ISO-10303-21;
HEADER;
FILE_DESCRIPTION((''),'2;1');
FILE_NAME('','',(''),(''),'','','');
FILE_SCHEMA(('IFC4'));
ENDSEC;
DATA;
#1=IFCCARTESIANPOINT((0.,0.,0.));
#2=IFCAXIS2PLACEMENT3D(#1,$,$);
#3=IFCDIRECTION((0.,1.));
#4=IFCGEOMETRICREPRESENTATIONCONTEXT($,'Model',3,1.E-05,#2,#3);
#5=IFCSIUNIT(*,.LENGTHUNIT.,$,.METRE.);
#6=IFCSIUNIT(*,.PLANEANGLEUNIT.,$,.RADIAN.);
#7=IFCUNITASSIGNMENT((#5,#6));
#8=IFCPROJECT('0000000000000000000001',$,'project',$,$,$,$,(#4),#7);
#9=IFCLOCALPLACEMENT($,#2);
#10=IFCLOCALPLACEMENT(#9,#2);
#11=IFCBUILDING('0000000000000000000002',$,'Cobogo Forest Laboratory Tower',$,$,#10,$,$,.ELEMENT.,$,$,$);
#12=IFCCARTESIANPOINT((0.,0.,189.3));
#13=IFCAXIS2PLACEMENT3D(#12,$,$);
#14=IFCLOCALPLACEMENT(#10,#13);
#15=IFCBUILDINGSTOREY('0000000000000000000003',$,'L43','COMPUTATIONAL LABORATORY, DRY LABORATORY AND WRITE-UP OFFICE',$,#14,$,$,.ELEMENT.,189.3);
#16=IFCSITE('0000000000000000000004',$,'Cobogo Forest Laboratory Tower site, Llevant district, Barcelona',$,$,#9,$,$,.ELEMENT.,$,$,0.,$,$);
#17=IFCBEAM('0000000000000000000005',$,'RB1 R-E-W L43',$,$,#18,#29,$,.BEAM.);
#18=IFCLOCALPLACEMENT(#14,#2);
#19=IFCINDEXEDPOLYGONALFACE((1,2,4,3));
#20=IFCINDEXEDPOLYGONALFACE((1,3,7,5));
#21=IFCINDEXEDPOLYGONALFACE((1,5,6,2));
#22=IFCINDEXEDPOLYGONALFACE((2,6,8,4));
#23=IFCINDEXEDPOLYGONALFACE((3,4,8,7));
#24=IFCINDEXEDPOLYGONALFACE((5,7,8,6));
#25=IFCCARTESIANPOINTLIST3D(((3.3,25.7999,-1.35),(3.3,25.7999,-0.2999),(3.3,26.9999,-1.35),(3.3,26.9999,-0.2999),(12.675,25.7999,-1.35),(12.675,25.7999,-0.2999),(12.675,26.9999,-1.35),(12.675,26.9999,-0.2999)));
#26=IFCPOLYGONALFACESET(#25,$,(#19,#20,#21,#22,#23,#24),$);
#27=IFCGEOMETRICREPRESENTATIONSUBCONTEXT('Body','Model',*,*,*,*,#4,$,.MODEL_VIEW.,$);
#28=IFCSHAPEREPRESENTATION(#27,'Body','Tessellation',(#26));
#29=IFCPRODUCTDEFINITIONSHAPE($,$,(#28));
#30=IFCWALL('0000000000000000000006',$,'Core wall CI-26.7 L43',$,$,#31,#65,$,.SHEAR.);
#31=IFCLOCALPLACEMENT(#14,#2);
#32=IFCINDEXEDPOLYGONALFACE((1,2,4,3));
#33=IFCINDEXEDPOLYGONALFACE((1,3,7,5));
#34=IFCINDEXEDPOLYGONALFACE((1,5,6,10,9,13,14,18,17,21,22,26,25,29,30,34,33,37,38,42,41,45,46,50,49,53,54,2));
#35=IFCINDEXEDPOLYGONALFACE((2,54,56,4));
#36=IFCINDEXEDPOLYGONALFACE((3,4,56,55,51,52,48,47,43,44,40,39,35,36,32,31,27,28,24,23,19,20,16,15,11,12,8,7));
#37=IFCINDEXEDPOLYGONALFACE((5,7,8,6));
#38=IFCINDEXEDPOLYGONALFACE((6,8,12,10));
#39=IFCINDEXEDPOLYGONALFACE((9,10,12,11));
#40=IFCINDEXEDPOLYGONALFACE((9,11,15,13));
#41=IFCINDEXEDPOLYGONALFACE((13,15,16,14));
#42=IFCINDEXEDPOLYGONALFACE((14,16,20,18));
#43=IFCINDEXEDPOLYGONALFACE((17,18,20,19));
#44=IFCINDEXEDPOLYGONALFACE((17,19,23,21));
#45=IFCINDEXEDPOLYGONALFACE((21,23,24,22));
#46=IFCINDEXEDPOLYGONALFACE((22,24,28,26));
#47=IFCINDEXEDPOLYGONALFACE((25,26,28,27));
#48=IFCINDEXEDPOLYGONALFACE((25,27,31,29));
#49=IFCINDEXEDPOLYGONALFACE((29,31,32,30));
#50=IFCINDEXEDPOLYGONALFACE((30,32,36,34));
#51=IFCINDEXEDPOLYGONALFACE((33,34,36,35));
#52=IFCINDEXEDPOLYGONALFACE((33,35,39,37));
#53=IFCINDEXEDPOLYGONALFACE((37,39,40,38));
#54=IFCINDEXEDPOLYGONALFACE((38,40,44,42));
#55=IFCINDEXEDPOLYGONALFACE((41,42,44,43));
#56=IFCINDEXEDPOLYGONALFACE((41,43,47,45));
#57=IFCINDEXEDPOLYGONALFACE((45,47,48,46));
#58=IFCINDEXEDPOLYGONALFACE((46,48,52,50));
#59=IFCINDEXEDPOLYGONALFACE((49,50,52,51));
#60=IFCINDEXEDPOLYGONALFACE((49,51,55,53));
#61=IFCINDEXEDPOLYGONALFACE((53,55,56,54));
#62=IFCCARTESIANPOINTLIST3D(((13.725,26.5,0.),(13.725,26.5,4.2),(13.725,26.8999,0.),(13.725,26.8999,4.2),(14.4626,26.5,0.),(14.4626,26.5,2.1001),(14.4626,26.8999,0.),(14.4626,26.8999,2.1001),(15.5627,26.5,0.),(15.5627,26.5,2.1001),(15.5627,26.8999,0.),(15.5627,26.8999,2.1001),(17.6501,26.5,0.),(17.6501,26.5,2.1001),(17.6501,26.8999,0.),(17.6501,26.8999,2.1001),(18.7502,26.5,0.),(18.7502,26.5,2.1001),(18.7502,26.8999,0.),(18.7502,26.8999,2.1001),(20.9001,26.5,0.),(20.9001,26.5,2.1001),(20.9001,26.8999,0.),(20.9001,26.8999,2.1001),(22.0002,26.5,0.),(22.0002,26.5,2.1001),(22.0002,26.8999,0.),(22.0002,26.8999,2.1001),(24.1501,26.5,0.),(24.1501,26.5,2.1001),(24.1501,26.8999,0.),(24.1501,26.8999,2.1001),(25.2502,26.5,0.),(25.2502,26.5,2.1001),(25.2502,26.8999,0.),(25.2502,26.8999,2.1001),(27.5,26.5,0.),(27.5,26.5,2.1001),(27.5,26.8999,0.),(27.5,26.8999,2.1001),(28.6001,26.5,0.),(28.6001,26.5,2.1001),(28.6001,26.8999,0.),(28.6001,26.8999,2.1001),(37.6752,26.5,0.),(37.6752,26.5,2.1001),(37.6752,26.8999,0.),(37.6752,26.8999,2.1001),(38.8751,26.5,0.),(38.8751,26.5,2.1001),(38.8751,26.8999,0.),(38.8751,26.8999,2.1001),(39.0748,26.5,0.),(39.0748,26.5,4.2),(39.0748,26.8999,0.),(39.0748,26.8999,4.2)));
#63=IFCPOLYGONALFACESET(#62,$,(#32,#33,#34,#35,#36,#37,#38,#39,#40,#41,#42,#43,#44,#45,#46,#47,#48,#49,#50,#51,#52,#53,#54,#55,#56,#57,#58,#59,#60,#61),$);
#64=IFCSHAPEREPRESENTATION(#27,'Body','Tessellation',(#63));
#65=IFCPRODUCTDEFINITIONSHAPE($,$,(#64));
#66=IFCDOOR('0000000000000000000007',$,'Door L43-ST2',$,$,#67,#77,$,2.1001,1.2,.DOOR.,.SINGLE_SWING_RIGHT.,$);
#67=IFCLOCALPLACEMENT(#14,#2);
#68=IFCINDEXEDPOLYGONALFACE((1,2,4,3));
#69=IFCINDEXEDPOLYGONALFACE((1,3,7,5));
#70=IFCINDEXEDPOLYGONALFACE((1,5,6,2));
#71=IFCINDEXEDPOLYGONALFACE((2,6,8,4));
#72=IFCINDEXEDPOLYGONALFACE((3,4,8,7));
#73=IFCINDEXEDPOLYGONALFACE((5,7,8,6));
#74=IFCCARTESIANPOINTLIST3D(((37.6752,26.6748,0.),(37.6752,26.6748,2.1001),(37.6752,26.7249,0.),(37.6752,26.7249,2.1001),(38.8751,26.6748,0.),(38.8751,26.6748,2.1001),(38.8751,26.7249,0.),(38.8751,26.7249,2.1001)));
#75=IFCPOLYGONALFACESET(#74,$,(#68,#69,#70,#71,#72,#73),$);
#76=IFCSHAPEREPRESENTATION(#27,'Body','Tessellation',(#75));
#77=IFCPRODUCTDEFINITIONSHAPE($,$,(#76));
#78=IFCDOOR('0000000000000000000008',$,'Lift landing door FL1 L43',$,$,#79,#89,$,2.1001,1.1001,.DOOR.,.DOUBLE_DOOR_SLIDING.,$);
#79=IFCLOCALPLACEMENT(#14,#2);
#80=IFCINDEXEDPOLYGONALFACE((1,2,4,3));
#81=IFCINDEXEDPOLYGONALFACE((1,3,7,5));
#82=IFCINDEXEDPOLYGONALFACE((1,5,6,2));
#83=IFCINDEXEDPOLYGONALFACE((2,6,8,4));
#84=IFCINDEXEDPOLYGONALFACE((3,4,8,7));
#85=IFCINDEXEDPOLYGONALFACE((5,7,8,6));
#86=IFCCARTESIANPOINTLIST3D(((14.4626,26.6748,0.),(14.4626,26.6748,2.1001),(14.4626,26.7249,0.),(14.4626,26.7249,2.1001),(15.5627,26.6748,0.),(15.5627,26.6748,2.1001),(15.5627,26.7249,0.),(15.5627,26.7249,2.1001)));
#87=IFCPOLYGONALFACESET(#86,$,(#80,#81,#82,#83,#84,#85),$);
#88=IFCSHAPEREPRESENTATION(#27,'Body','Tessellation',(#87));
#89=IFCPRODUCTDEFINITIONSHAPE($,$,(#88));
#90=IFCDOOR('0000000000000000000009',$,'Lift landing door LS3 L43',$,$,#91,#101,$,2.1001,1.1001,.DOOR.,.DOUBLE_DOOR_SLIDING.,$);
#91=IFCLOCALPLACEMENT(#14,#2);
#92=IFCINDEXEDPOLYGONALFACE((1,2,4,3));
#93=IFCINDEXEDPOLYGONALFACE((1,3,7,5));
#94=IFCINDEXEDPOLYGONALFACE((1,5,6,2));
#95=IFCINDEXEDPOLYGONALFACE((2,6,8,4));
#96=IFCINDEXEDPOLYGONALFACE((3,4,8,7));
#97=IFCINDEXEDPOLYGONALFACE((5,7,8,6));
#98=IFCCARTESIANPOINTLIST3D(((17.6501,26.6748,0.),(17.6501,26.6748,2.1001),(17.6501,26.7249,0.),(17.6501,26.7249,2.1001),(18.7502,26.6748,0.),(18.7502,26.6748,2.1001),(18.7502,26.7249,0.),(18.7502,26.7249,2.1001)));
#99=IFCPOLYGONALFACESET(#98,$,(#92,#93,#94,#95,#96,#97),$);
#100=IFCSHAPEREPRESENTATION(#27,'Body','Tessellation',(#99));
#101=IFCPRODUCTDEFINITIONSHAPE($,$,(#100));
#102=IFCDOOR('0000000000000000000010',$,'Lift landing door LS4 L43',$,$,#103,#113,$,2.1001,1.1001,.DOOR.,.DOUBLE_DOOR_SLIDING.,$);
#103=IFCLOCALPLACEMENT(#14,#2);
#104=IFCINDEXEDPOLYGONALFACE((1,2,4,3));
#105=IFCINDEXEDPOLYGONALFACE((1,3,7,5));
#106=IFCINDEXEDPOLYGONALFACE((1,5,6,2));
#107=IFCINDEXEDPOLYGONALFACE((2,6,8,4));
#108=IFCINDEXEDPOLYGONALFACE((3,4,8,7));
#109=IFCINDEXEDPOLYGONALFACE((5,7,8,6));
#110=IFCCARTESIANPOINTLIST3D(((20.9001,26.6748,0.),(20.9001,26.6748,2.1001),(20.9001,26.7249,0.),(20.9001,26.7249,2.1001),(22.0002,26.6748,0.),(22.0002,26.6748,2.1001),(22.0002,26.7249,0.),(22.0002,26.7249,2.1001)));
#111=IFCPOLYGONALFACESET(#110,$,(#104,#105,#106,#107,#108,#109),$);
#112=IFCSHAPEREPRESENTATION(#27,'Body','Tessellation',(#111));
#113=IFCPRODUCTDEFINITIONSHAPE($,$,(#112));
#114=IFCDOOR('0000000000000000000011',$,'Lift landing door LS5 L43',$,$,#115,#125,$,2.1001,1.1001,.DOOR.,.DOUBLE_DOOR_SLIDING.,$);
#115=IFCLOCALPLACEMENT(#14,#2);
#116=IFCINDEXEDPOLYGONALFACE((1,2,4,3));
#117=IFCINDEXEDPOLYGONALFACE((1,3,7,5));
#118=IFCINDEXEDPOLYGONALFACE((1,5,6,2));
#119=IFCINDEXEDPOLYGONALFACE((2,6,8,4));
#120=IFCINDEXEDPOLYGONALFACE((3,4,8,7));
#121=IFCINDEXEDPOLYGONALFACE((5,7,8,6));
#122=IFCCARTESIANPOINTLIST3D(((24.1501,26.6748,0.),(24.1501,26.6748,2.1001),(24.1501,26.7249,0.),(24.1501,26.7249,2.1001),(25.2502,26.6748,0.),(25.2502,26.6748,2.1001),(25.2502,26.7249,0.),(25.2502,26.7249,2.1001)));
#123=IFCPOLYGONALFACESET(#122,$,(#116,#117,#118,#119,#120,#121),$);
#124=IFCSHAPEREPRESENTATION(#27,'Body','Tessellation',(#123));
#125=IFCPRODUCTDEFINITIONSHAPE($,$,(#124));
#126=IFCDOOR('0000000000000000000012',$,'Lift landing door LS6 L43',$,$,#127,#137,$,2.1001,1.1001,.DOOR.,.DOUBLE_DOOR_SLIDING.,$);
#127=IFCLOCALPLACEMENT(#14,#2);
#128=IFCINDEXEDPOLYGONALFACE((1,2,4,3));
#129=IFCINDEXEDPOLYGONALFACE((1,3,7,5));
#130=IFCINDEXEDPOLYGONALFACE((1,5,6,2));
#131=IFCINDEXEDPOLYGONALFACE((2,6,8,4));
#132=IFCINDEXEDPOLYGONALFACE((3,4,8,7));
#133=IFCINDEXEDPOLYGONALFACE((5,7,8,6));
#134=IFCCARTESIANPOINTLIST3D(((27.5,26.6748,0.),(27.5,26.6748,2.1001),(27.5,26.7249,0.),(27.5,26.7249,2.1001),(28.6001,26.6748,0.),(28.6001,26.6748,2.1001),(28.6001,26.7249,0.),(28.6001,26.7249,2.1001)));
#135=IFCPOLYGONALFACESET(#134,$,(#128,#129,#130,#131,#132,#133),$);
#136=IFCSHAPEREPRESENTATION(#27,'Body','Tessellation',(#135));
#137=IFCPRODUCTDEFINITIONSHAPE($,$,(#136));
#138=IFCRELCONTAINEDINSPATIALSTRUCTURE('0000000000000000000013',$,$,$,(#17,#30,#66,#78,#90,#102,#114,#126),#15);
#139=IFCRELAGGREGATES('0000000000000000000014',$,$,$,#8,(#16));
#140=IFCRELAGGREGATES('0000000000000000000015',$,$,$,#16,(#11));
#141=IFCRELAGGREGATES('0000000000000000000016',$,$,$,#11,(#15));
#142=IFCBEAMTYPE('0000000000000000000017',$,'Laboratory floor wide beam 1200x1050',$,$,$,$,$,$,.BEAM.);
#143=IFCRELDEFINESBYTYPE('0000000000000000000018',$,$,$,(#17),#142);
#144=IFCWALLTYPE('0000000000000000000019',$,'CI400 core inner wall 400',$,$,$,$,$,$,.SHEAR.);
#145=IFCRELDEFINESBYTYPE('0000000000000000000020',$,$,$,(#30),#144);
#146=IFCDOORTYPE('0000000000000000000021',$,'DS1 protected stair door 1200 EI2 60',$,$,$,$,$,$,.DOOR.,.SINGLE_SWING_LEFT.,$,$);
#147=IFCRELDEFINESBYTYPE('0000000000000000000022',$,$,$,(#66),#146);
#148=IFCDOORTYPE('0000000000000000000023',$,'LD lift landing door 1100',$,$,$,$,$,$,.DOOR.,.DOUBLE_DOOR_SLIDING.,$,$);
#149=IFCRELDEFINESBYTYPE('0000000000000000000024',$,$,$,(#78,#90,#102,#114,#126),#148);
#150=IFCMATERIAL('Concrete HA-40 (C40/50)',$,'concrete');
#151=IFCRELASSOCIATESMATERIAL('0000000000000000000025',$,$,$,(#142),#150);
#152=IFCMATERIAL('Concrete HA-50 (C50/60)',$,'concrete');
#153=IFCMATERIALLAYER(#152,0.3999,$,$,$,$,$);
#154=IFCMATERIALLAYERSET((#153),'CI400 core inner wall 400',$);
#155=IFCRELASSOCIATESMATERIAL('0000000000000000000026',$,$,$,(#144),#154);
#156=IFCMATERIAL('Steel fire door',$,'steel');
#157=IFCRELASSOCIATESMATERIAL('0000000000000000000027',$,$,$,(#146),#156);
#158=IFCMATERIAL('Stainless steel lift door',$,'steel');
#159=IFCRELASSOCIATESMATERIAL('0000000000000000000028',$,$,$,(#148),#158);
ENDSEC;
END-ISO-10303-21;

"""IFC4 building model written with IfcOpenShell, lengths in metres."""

from ifc_helpers import new_model, si_unit, direction, frame, frame_2d, origin, origin_2d, place, context, subcontext, project, spatial, rectangle, extrude, material, layer, layer_set, material_profile, profile_set, type_object, element, fill, save


model = new_model("IFC4")

# Units and contexts
model_context = context("Model", 3, precision=1e-05, world=origin(), true_north=direction((0.0, 1.0)))
body_context = subcontext(model_context, "Body", "Model", "MODEL_VIEW")
ifc_project = project(units=[si_unit("LENGTHUNIT", "METRE"), si_unit("PLANEANGLEUNIT", "RADIAN")], contexts=[model_context])

# Site, building, storey
site_placement = place(None, origin())
site = spatial("IfcSite", under=ifc_project, at=site_placement, Name="Cobogo Forest Laboratory Tower site, Llevant district, Barcelona", CompositionType="ELEMENT", RefElevation=0.0)
building_placement = place(site_placement, origin())
building = spatial("IfcBuilding", under=site, at=building_placement, Name="Cobogo Forest Laboratory Tower", CompositionType="ELEMENT")
storey_placement = place(building_placement, frame((0.0, 0.0, 189.3)))
storey = spatial("IfcBuildingStorey", under=building, at=storey_placement, Name="L43", Description="COMPUTATIONAL LABORATORY, DRY LABORATORY AND WRITE-UP OFFICE", CompositionType="ELEMENT", Elevation=189.3)

# Beam
ifc_material_1 = material(Name="Concrete HA-40 (C40/50)", Category="concrete")
ifc_material_profile = material_profile(ifc_material_1, rectangle(XDim=1.2, YDim=1.05, at=origin_2d()), Name="RC 1200x1050")
ifc_profile_set = profile_set([ifc_material_profile], Name="Concrete HA-40 (C40/50)")
beam_type = type_object("IfcBeamType", Name="Laboratory floor wide beam 1200x1050", PredefinedType="BEAM", material=ifc_profile_set)
beam_placement = place(storey_placement, frame((12.675, 26.3999, -0.825), z_axis=(-1.0, 0.0, 0.0), x_axis=(0.0, -1.0, 0.0)))
element("IfcBeam", 1, at=beam_placement, inside=storey, type_object=beam_type, Name="RB1 R-E-W L43", PredefinedType="BEAM", context=body_context, shape_type="SweptSolid", body=[
    extrude(rectangle(XDim=1.2, YDim=1.05, at=origin_2d()), origin(), (0.0, 0.0, 1.0), 9.375),
])

# Wall, openings, doors
ifc_material_2 = material(Name="Concrete HA-50 (C50/60)", Category="concrete")
ifc_layer_1 = layer(ifc_material_2, 0.3999)
ifc_layer_set_1 = layer_set([ifc_layer_1], Name="CI400 core inner wall 400")
wall_type_1 = type_object("IfcWallType", Name="CI400 core inner wall 400", PredefinedType="SHEAR", material=ifc_layer_set_1)
wall_1_placement = place(storey_placement, frame((13.7251, 26.7, 0.0), z_axis=(0.0, 0.0, 1.0), x_axis=(1.0, 0.0, 0.0)))
wall_1 = element("IfcWall", 2, at=wall_1_placement, inside=storey, type_object=wall_type_1, Name="Core wall CI-26.7 L43", PredefinedType="SHEAR", context=body_context, shape_type="SweptSolid", body=[
    extrude(rectangle(XDim=25.3499, YDim=0.3999, at=frame_2d((12.6748, 0.0))), origin(), (0.0, 0.0, 1.0), 4.2),
])
opening_1_placement = place(wall_1_placement, frame((23.95, 0.0, 0.0)))
opening_1 = element("IfcOpeningElement", 3, at=opening_1_placement, cuts=wall_1, PredefinedType="OPENING", context=body_context, shape_type="SweptSolid", body=[
    extrude(rectangle(XDim=1.2, YDim=2.1001, at=frame_2d((0.6001, 1.05))), frame((0.0, 0.21, 0.0), z_axis=(0.0, -1.0, 0.0), x_axis=(1.0, 0.0, 0.0)), (0.0, 0.0, 1.0), 0.4199),
])
opening_2_placement = place(wall_1_placement, frame((0.7375, 0.0, 0.0)))
opening_2 = element("IfcOpeningElement", 4, at=opening_2_placement, cuts=wall_1, PredefinedType="OPENING", context=body_context, shape_type="SweptSolid", body=[
    extrude(rectangle(XDim=1.1001, YDim=2.1001, at=frame_2d((0.55, 1.05))), frame((0.0, 0.21, 0.0), z_axis=(0.0, -1.0, 0.0), x_axis=(1.0, 0.0, 0.0)), (0.0, 0.0, 1.0), 0.4199),
])
opening_3_placement = place(wall_1_placement, frame((3.925, 0.0, 0.0)))
opening_3 = element("IfcOpeningElement", 5, at=opening_3_placement, cuts=wall_1, PredefinedType="OPENING", context=body_context, shape_type="SweptSolid", body=[
    extrude(rectangle(XDim=1.1001, YDim=2.1001, at=frame_2d((0.55, 1.05))), frame((0.0, 0.21, 0.0), z_axis=(0.0, -1.0, 0.0), x_axis=(1.0, 0.0, 0.0)), (0.0, 0.0, 1.0), 0.4199),
])
opening_4_placement = place(wall_1_placement, frame((7.175, 0.0, 0.0)))
opening_4 = element("IfcOpeningElement", 6, at=opening_4_placement, cuts=wall_1, PredefinedType="OPENING", context=body_context, shape_type="SweptSolid", body=[
    extrude(rectangle(XDim=1.1001, YDim=2.1001, at=frame_2d((0.55, 1.05))), frame((0.0, 0.21, 0.0), z_axis=(0.0, -1.0, 0.0), x_axis=(1.0, 0.0, 0.0)), (0.0, 0.0, 1.0), 0.4199),
])
opening_5_placement = place(wall_1_placement, frame((10.425, 0.0, 0.0)))
opening_5 = element("IfcOpeningElement", 7, at=opening_5_placement, cuts=wall_1, PredefinedType="OPENING", context=body_context, shape_type="SweptSolid", body=[
    extrude(rectangle(XDim=1.1001, YDim=2.1001, at=frame_2d((0.55, 1.05))), frame((0.0, 0.21, 0.0), z_axis=(0.0, -1.0, 0.0), x_axis=(1.0, 0.0, 0.0)), (0.0, 0.0, 1.0), 0.4199),
])
opening_6_placement = place(wall_1_placement, frame((13.7749, 0.0, 0.0)))
opening_6 = element("IfcOpeningElement", 8, at=opening_6_placement, cuts=wall_1, PredefinedType="OPENING", context=body_context, shape_type="SweptSolid", body=[
    extrude(rectangle(XDim=1.1001, YDim=2.1001, at=frame_2d((0.55, 1.05))), frame((0.0, 0.21, 0.0), z_axis=(0.0, -1.0, 0.0), x_axis=(1.0, 0.0, 0.0)), (0.0, 0.0, 1.0), 0.4199),
])
ifc_material_3 = material(Name="Steel fire door", Category="steel")
door_type_1 = type_object("IfcDoorType", Name="DS1 protected stair door 1200 EI2 60", OperationType="SINGLE_SWING_LEFT", PredefinedType="DOOR", material=ifc_material_3)
door_1_placement = place(opening_1_placement, origin())
door_1 = element("IfcDoor", 9, at=door_1_placement, inside=storey, type_object=door_type_1, Name="Door L43-ST2", OperationType="SINGLE_SWING_RIGHT", OverallHeight=2.1001, OverallWidth=1.2, PredefinedType="DOOR", context=body_context, shape_type="SweptSolid", body=[
    extrude(rectangle(XDim=1.2, YDim=2.1001, at=frame_2d((0.6001, 1.05))), frame((0.0, 0.0249, 0.0), z_axis=(0.0, -1.0, 0.0), x_axis=(1.0, 0.0, 0.0)), (0.0, 0.0, 1.0), 0.05),
])
fill(opening_1, door_1)
ifc_material_4 = material(Name="Stainless steel lift door", Category="steel")
door_type_2 = type_object("IfcDoorType", Name="LD lift landing door 1100", OperationType="DOUBLE_DOOR_SLIDING", PredefinedType="DOOR", material=ifc_material_4)
door_2_placement = place(opening_2_placement, origin())
door_2 = element("IfcDoor", 10, at=door_2_placement, inside=storey, type_object=door_type_2, Name="Lift landing door FL1 L43", OperationType="DOUBLE_DOOR_SLIDING", OverallHeight=2.1001, OverallWidth=1.1001, PredefinedType="DOOR", context=body_context, shape_type="SweptSolid", body=[
    extrude(rectangle(XDim=1.1001, YDim=2.1001, at=frame_2d((0.55, 1.05))), frame((0.0, 0.0249, 0.0), z_axis=(0.0, -1.0, 0.0), x_axis=(1.0, 0.0, 0.0)), (0.0, 0.0, 1.0), 0.05),
])
fill(opening_2, door_2)
door_3_placement = place(opening_3_placement, origin())
door_3 = element("IfcDoor", 11, at=door_3_placement, inside=storey, type_object=door_type_2, Name="Lift landing door LS3 L43", OperationType="DOUBLE_DOOR_SLIDING", OverallHeight=2.1001, OverallWidth=1.1001, PredefinedType="DOOR", context=body_context, shape_type="SweptSolid", body=[
    extrude(rectangle(XDim=1.1001, YDim=2.1001, at=frame_2d((0.55, 1.05))), frame((0.0, 0.0249, 0.0), z_axis=(0.0, -1.0, 0.0), x_axis=(1.0, 0.0, 0.0)), (0.0, 0.0, 1.0), 0.05),
])
fill(opening_3, door_3)
door_4_placement = place(opening_4_placement, origin())
door_4 = element("IfcDoor", 12, at=door_4_placement, inside=storey, type_object=door_type_2, Name="Lift landing door LS4 L43", OperationType="DOUBLE_DOOR_SLIDING", OverallHeight=2.1001, OverallWidth=1.1001, PredefinedType="DOOR", context=body_context, shape_type="SweptSolid", body=[
    extrude(rectangle(XDim=1.1001, YDim=2.1001, at=frame_2d((0.55, 1.05))), frame((0.0, 0.0249, 0.0), z_axis=(0.0, -1.0, 0.0), x_axis=(1.0, 0.0, 0.0)), (0.0, 0.0, 1.0), 0.05),
])
fill(opening_4, door_4)
door_5_placement = place(opening_5_placement, origin())
door_5 = element("IfcDoor", 13, at=door_5_placement, inside=storey, type_object=door_type_2, Name="Lift landing door LS5 L43", OperationType="DOUBLE_DOOR_SLIDING", OverallHeight=2.1001, OverallWidth=1.1001, PredefinedType="DOOR", context=body_context, shape_type="SweptSolid", body=[
    extrude(rectangle(XDim=1.1001, YDim=2.1001, at=frame_2d((0.55, 1.05))), frame((0.0, 0.0249, 0.0), z_axis=(0.0, -1.0, 0.0), x_axis=(1.0, 0.0, 0.0)), (0.0, 0.0, 1.0), 0.05),
])
fill(opening_5, door_5)
door_6_placement = place(opening_6_placement, origin())
door_6 = element("IfcDoor", 14, at=door_6_placement, inside=storey, type_object=door_type_2, Name="Lift landing door LS6 L43", OperationType="DOUBLE_DOOR_SLIDING", OverallHeight=2.1001, OverallWidth=1.1001, PredefinedType="DOOR", context=body_context, shape_type="SweptSolid", body=[
    extrude(rectangle(XDim=1.1001, YDim=2.1001, at=frame_2d((0.55, 1.05))), frame((0.0, 0.0249, 0.0), z_axis=(0.0, -1.0, 0.0), x_axis=(1.0, 0.0, 0.0)), (0.0, 0.0, 1.0), 0.05),
])
fill(opening_6, door_6)

save(model, "model.ifc")
